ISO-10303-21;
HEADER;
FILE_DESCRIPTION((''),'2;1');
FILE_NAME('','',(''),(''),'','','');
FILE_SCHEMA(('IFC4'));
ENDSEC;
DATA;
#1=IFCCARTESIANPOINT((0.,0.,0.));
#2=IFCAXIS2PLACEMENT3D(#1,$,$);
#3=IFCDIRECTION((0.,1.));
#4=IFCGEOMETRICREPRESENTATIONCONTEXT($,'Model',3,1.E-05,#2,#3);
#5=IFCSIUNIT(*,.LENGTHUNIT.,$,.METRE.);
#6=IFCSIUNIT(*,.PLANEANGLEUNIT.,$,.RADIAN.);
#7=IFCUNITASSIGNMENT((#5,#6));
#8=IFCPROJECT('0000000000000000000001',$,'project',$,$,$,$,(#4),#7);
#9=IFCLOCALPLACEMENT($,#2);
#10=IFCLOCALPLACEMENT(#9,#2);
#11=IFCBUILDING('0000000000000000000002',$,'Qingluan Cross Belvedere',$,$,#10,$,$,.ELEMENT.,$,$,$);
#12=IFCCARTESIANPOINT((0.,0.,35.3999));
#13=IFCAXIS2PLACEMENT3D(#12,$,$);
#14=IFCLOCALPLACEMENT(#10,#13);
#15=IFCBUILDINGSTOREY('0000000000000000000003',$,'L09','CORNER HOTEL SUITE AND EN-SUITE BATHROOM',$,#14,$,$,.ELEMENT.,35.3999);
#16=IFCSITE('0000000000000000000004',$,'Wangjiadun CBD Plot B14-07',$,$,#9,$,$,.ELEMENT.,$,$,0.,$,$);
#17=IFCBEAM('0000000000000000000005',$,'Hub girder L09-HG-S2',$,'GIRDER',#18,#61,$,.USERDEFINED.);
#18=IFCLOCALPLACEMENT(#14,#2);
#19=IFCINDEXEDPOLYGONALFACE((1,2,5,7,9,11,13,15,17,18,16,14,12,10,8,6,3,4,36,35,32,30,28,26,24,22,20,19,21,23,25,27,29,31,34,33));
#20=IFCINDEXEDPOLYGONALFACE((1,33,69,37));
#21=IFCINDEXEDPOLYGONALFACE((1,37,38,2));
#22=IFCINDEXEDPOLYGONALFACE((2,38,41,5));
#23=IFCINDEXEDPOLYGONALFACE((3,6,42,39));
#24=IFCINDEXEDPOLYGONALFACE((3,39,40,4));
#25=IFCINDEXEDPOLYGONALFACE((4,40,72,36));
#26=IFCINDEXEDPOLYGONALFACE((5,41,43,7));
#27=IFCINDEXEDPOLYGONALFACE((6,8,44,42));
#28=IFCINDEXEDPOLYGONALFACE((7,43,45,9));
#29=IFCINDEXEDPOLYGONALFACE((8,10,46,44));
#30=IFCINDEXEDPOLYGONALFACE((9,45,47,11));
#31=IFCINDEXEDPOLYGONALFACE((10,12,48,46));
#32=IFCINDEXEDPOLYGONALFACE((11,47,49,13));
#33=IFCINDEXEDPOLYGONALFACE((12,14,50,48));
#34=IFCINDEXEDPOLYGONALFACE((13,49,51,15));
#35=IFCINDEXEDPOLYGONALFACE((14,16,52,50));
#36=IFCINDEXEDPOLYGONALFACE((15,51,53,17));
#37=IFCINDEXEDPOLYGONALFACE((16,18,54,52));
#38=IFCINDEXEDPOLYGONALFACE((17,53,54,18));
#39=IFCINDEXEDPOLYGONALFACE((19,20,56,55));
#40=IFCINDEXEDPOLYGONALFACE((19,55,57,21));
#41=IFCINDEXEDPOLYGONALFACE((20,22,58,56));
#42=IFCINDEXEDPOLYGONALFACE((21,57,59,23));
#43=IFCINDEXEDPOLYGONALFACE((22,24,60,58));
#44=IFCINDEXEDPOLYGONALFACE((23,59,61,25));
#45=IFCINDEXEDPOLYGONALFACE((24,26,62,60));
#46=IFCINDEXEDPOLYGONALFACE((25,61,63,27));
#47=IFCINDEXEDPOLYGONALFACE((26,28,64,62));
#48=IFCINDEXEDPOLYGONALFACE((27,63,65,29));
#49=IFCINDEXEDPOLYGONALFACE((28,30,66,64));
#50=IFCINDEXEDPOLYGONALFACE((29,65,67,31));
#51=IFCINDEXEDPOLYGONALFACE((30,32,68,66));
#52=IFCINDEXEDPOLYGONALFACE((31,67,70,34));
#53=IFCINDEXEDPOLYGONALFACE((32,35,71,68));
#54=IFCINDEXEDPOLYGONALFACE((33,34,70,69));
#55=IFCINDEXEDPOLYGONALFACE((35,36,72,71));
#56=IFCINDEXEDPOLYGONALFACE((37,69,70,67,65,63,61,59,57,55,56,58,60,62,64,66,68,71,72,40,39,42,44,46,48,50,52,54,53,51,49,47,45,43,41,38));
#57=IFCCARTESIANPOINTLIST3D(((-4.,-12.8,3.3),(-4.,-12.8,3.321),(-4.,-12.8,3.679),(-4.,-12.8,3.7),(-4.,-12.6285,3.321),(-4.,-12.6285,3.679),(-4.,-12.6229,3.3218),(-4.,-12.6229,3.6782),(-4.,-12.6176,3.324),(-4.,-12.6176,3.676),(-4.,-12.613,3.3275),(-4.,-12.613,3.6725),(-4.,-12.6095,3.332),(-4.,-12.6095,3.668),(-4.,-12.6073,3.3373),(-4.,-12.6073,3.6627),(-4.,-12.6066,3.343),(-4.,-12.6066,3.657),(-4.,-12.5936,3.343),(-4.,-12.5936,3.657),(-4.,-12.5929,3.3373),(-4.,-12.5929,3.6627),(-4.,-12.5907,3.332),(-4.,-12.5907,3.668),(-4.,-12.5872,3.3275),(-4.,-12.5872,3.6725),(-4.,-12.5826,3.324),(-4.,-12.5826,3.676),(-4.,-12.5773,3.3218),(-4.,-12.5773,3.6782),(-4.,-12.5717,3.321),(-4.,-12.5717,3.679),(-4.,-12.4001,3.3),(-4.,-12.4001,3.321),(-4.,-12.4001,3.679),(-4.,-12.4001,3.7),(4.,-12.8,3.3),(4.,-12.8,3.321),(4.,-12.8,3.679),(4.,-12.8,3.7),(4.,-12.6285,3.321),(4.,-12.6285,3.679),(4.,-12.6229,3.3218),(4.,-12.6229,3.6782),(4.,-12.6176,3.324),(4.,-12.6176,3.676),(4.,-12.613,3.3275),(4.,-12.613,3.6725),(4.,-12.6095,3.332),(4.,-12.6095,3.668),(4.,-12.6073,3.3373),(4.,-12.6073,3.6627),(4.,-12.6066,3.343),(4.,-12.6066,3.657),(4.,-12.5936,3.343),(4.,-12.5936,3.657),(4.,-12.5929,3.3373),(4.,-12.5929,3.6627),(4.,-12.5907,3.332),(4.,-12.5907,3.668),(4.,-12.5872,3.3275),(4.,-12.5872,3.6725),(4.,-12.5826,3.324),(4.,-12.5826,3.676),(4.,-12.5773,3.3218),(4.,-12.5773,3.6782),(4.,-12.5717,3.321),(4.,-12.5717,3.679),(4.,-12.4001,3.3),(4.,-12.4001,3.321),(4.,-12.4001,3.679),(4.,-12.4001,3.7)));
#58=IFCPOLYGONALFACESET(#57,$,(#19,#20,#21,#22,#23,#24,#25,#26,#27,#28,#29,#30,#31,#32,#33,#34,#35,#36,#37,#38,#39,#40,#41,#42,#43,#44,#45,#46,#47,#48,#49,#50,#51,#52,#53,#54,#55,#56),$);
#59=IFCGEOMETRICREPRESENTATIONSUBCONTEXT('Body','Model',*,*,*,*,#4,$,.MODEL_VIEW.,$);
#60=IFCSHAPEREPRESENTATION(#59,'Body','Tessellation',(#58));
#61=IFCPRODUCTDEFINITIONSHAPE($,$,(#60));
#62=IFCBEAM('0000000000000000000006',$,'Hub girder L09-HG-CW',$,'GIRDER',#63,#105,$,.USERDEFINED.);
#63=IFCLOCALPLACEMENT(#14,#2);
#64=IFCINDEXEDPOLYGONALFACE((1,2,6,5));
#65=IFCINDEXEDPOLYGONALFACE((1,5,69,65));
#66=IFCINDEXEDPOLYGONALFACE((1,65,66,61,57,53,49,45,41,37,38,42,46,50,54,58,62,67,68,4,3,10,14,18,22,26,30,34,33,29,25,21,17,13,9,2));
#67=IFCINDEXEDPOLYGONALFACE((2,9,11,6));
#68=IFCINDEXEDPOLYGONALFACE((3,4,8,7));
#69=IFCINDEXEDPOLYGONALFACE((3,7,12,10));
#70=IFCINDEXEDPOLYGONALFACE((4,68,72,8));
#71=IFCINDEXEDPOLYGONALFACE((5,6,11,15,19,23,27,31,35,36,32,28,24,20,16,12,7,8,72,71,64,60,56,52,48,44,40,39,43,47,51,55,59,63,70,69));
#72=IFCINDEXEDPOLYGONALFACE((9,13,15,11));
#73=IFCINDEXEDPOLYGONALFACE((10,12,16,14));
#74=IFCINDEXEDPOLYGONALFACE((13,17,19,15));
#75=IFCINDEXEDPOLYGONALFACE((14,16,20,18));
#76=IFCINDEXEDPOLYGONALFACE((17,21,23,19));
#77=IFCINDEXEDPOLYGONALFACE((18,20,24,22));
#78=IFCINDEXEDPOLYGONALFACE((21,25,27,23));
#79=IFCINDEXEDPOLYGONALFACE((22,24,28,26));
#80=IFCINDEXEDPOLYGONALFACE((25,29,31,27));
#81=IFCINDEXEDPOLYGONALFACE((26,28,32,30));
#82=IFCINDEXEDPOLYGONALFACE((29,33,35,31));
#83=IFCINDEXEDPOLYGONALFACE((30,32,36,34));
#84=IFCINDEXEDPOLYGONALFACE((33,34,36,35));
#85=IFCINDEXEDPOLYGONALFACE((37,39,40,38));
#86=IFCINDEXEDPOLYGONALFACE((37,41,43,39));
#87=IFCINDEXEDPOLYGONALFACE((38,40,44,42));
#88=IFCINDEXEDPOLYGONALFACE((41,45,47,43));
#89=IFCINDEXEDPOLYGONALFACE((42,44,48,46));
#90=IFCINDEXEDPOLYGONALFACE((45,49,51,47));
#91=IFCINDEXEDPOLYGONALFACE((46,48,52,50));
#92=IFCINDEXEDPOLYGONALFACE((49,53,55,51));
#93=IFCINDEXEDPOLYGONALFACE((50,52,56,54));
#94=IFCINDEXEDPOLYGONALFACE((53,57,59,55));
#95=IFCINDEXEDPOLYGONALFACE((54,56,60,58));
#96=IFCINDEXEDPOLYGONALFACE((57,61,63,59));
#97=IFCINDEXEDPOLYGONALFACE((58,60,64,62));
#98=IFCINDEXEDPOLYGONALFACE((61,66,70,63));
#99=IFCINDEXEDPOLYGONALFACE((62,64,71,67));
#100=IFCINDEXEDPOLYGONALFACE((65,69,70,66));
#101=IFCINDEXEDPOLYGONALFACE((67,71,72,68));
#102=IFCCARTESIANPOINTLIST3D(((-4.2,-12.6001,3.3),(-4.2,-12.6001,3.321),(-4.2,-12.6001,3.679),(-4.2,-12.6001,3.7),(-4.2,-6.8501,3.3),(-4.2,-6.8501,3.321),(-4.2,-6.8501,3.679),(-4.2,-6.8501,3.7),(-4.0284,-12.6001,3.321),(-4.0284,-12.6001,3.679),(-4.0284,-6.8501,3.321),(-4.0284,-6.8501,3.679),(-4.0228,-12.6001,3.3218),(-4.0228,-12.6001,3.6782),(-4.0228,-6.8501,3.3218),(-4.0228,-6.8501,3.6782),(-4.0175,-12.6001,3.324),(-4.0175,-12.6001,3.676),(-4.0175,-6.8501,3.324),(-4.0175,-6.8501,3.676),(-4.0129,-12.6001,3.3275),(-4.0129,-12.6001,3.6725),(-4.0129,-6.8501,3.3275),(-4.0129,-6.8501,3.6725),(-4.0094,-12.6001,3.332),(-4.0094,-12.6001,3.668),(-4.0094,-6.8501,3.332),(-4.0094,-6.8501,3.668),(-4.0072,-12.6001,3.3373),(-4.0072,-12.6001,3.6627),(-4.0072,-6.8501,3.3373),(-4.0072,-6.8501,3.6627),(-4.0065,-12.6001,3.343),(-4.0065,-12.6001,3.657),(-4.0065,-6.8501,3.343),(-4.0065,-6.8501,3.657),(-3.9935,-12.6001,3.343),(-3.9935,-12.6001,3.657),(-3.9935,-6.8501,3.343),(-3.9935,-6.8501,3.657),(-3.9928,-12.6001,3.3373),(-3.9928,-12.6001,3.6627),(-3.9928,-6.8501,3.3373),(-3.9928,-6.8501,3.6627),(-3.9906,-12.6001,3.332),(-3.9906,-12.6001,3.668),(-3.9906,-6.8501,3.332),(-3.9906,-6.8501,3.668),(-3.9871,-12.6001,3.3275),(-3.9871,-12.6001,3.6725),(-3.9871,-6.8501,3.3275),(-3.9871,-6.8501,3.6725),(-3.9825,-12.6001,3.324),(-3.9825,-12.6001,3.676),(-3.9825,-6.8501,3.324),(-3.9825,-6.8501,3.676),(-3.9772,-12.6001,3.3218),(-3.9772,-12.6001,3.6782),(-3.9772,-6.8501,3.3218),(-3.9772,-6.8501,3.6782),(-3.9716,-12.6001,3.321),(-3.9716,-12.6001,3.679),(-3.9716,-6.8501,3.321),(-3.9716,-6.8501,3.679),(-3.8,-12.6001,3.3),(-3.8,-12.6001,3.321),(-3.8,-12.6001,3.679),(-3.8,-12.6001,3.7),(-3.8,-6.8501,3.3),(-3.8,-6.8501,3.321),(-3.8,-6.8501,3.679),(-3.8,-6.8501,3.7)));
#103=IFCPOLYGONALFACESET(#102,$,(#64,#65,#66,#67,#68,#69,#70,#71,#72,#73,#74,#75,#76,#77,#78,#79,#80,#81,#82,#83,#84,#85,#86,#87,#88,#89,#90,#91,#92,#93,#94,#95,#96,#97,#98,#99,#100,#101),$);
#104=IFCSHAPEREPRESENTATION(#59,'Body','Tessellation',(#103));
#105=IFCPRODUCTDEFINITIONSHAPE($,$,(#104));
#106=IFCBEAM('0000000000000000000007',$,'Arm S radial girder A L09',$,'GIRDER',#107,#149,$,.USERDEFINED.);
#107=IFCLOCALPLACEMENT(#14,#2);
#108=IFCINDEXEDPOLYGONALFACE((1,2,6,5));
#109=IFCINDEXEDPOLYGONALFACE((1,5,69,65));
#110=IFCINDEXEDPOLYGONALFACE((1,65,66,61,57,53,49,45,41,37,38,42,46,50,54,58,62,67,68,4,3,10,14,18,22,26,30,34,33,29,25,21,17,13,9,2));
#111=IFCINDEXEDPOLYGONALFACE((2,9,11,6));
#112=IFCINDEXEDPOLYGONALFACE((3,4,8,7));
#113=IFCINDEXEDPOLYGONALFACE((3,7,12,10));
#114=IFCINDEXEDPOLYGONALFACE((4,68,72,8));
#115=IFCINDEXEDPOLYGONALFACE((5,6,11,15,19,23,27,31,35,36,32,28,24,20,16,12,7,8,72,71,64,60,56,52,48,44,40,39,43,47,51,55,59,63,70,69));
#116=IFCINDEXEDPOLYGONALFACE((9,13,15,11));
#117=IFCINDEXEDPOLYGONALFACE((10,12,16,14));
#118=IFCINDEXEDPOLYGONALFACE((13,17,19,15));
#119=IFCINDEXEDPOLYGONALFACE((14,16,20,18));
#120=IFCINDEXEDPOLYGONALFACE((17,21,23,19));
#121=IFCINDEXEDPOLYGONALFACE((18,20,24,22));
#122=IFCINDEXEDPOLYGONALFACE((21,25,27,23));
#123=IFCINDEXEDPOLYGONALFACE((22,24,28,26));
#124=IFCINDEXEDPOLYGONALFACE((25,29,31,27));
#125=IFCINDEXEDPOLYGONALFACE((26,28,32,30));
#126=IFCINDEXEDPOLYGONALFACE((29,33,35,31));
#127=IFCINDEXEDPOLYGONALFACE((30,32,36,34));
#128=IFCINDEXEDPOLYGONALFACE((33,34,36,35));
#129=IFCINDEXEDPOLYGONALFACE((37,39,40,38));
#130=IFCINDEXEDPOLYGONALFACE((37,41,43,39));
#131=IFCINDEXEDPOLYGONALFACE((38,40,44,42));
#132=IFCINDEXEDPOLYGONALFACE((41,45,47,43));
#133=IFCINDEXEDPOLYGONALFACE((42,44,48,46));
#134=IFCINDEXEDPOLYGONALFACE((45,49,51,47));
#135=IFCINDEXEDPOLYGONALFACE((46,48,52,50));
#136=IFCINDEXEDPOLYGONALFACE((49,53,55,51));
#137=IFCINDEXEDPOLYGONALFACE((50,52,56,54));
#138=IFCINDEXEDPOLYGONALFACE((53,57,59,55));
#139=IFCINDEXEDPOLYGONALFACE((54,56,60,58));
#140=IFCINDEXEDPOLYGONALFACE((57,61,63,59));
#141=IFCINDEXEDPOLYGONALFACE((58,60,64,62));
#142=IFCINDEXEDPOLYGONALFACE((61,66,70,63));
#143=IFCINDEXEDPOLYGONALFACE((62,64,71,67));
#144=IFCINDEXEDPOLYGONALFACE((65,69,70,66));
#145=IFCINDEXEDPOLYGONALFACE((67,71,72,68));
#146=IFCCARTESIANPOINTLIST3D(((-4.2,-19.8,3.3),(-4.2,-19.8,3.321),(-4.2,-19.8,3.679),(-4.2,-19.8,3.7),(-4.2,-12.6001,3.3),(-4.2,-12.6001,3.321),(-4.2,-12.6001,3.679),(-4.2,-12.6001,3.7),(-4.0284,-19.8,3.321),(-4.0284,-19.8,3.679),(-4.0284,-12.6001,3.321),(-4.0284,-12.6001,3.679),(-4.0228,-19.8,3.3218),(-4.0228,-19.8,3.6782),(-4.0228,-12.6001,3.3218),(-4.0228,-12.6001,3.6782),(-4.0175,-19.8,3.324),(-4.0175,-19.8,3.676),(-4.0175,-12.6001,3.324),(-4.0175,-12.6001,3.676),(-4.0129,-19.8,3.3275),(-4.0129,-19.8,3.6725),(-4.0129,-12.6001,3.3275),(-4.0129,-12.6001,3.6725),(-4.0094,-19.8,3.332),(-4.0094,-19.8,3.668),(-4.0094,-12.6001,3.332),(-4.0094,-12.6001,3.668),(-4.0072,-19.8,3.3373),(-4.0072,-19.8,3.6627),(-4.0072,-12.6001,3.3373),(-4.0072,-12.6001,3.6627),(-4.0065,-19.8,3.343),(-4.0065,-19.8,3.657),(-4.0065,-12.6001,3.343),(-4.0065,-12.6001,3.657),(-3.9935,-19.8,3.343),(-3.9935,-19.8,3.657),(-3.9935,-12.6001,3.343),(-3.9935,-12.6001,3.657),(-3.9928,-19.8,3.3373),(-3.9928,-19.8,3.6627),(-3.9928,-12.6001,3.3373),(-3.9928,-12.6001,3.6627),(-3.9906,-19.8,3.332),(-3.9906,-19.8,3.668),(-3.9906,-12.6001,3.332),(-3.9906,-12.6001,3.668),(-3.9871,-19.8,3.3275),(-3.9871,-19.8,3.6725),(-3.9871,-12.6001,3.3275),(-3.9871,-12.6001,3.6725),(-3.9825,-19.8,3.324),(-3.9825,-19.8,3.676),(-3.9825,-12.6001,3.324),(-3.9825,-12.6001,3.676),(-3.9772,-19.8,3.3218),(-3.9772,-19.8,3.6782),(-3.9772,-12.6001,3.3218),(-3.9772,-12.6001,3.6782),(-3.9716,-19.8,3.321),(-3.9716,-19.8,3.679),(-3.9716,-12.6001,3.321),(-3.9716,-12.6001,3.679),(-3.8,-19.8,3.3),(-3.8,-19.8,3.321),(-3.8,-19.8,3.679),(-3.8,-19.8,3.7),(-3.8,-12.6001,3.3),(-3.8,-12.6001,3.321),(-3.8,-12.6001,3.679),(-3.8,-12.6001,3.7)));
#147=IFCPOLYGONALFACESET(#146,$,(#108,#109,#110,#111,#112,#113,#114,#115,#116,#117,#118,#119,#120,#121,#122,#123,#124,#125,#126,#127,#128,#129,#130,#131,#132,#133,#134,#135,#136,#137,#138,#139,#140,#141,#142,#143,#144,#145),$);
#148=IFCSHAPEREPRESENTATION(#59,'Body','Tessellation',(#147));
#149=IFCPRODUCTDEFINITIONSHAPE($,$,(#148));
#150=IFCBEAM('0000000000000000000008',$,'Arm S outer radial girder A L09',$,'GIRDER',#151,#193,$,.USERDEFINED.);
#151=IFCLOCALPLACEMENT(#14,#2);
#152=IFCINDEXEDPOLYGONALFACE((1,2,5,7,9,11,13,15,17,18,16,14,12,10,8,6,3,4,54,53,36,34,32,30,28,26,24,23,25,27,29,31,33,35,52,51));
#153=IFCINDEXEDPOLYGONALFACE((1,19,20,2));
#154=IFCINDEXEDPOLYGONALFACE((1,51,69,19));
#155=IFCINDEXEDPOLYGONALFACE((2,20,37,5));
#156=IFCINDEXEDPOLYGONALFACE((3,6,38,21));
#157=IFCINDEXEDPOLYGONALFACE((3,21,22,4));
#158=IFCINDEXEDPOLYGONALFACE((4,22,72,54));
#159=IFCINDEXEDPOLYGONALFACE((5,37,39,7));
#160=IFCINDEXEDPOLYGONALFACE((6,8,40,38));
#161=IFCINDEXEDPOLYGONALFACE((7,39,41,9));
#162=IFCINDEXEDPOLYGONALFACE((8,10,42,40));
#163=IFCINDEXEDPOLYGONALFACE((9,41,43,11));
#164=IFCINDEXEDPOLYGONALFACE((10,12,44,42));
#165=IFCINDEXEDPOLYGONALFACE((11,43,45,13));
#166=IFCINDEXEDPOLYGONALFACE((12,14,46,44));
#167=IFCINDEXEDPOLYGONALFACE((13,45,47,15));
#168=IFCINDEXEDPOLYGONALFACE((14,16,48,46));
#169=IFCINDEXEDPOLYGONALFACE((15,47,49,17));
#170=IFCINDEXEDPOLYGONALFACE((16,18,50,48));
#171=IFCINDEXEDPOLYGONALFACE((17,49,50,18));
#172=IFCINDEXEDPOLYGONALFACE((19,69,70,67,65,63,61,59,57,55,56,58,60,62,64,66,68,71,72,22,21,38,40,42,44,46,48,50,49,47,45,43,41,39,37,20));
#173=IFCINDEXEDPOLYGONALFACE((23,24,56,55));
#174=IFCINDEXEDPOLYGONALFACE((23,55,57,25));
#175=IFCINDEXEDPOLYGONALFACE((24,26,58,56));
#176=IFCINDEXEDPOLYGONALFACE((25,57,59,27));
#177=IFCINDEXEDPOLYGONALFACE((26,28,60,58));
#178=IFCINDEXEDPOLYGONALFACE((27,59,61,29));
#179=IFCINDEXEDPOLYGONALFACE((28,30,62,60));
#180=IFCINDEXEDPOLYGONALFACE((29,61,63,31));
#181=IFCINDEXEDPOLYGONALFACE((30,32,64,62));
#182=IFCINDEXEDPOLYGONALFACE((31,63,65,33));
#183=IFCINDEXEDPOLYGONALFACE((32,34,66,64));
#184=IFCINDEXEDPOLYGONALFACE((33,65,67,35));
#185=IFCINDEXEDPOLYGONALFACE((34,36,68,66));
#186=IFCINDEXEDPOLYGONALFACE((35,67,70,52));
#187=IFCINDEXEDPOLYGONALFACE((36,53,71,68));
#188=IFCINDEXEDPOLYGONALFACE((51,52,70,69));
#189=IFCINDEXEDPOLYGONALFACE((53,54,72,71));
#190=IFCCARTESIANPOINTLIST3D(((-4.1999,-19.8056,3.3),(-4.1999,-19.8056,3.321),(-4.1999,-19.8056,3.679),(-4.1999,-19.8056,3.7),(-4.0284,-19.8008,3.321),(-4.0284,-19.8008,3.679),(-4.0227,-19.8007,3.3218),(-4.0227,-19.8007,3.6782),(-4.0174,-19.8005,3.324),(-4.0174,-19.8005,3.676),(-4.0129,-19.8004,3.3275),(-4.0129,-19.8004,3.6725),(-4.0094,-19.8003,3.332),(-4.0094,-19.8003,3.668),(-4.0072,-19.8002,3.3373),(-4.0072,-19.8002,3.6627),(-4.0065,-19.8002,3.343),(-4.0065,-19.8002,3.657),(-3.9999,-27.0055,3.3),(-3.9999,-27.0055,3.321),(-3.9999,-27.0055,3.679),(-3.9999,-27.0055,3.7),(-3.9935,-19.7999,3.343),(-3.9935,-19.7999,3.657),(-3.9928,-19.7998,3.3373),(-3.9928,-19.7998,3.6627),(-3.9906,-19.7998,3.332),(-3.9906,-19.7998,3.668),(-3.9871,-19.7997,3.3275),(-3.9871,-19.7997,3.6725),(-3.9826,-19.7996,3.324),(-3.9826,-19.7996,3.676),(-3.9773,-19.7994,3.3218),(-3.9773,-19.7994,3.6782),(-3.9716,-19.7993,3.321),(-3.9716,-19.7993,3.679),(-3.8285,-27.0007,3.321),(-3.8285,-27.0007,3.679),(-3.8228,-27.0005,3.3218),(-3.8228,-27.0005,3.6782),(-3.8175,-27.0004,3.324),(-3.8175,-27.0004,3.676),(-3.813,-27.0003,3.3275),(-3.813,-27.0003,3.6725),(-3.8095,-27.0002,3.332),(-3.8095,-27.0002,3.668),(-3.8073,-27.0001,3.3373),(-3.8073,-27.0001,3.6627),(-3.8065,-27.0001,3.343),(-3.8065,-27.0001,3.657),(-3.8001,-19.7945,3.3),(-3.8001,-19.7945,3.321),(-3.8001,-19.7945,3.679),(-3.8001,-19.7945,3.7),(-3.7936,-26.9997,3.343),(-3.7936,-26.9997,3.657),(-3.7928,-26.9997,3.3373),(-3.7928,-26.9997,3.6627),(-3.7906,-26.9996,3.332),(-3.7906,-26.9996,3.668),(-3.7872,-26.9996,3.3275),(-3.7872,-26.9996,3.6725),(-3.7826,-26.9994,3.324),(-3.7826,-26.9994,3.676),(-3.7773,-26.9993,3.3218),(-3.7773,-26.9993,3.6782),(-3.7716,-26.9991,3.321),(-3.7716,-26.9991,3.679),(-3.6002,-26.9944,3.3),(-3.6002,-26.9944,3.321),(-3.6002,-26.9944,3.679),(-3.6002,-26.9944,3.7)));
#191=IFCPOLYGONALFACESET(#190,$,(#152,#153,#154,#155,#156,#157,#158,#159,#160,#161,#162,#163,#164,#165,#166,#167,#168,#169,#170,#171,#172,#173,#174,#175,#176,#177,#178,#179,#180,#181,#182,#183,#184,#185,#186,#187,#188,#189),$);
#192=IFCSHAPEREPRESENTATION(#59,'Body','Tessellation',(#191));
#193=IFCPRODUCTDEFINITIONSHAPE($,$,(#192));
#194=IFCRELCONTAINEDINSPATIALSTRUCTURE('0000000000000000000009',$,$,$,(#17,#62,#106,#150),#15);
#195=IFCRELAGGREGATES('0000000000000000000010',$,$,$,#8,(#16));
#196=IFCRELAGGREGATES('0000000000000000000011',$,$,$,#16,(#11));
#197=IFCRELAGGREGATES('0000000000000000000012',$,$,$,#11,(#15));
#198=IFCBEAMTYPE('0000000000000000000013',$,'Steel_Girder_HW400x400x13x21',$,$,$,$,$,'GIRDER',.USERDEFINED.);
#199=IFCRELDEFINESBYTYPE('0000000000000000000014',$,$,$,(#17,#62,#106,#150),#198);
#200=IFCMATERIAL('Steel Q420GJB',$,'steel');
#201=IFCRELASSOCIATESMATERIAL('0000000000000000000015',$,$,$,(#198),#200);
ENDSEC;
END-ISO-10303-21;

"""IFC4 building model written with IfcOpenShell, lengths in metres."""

from ifc_helpers import new_model, si_unit, direction, frame, origin, origin_2d, place, context, subcontext, project, spatial, i_section, extrude, material, material_profile, profile_set, type_object, element, save


model = new_model("IFC4")

# Units and contexts
model_context = context("Model", 3, precision=1e-05, world=origin(), true_north=direction((0.0, 1.0)))
body_context = subcontext(model_context, "Body", "Model", "MODEL_VIEW")
ifc_project = project(units=[si_unit("LENGTHUNIT", "METRE"), si_unit("PLANEANGLEUNIT", "RADIAN")], contexts=[model_context])

# Site, building, storey
site_placement = place(None, origin())
site = spatial("IfcSite", under=ifc_project, at=site_placement, Name="Wangjiadun CBD Plot B14-07", CompositionType="ELEMENT", RefElevation=0.0)
building_placement = place(site_placement, origin())
building = spatial("IfcBuilding", under=site, at=building_placement, Name="Qingluan Cross Belvedere", CompositionType="ELEMENT")
storey_placement = place(building_placement, frame((0.0, 0.0, 35.3999)))
storey = spatial("IfcBuildingStorey", under=building, at=storey_placement, Name="L09", Description="CORNER HOTEL SUITE AND EN-SUITE BATHROOM", CompositionType="ELEMENT", Elevation=35.3999)

# Beams
ifc_material_1 = material(Name="Steel Q420GJB", Category="steel")
ifc_material_profile_1 = material_profile(ifc_material_1, i_section(OverallWidth=0.3999, OverallDepth=0.3999, WebThickness=0.0129, FlangeThickness=0.021, FilletRadius=0.022, at=origin_2d()), Name="HW400x400x13x21")
ifc_profile_set_1 = profile_set([ifc_material_profile_1], Name="Steel Q420GJB")
beam_type_1 = type_object("IfcBeamType", Name="Steel_Girder_HW400x400x13x21", ElementType="GIRDER", PredefinedType="USERDEFINED", material=ifc_profile_set_1)
beam_1_placement = place(storey_placement, frame((-4.0, -12.6001, 3.5), z_axis=(1.0, 0.0, 0.0), x_axis=(0.0, 1.0, 0.0)))
element("IfcBeam", 1, at=beam_1_placement, inside=storey, type_object=beam_type_1, Name="Hub girder L09-HG-S2", ObjectType="GIRDER", PredefinedType="USERDEFINED", context=body_context, shape_type="SweptSolid", body=[
    extrude(i_section(OverallWidth=0.3999, OverallDepth=0.3999, WebThickness=0.0129, FlangeThickness=0.021, FilletRadius=0.022, at=origin_2d()), origin(), (0.0, 0.0, 1.0), 8.0),
])
beam_2_placement = place(storey_placement, frame((-4.0, -12.6001, 3.5), z_axis=(0.0, 1.0, 0.0), x_axis=(-1.0, 0.0, 0.0)))
element("IfcBeam", 2, at=beam_2_placement, inside=storey, type_object=beam_type_1, Name="Hub girder L09-HG-CW", ObjectType="GIRDER", PredefinedType="USERDEFINED", context=body_context, shape_type="SweptSolid", body=[
    extrude(i_section(OverallWidth=0.3999, OverallDepth=0.3999, WebThickness=0.0129, FlangeThickness=0.021, FilletRadius=0.022, at=origin_2d()), origin(), (0.0, 0.0, 1.0), 5.75),
])
beam_3_placement = place(storey_placement, frame((-4.0, -12.6001, 3.5), z_axis=(0.0, -1.0, 0.0), x_axis=(1.0, 0.0, 0.0)))
element("IfcBeam", 3, at=beam_3_placement, inside=storey, type_object=beam_type_1, Name="Arm S radial girder A L09", ObjectType="GIRDER", PredefinedType="USERDEFINED", context=body_context, shape_type="SweptSolid", body=[
    extrude(i_section(OverallWidth=0.3999, OverallDepth=0.3999, WebThickness=0.0129, FlangeThickness=0.021, FilletRadius=0.022, at=origin_2d()), origin(), (0.0, 0.0, 1.0), 7.2),
])
beam_4_placement = place(storey_placement, frame((-4.0, -19.8, 3.5), z_axis=(0.02776, -0.999615, 0.0), x_axis=(0.999615, 0.02776, 0.0)))
element("IfcBeam", 4, at=beam_4_placement, inside=storey, type_object=beam_type_1, Name="Arm S outer radial girder A L09", ObjectType="GIRDER", PredefinedType="USERDEFINED", context=body_context, shape_type="SweptSolid", body=[
    extrude(i_section(OverallWidth=0.3999, OverallDepth=0.3999, WebThickness=0.0129, FlangeThickness=0.021, FilletRadius=0.022, at=origin_2d()), origin(), (0.0, 0.0, 1.0), 7.2026),
])

save(model, "model.ifc")
